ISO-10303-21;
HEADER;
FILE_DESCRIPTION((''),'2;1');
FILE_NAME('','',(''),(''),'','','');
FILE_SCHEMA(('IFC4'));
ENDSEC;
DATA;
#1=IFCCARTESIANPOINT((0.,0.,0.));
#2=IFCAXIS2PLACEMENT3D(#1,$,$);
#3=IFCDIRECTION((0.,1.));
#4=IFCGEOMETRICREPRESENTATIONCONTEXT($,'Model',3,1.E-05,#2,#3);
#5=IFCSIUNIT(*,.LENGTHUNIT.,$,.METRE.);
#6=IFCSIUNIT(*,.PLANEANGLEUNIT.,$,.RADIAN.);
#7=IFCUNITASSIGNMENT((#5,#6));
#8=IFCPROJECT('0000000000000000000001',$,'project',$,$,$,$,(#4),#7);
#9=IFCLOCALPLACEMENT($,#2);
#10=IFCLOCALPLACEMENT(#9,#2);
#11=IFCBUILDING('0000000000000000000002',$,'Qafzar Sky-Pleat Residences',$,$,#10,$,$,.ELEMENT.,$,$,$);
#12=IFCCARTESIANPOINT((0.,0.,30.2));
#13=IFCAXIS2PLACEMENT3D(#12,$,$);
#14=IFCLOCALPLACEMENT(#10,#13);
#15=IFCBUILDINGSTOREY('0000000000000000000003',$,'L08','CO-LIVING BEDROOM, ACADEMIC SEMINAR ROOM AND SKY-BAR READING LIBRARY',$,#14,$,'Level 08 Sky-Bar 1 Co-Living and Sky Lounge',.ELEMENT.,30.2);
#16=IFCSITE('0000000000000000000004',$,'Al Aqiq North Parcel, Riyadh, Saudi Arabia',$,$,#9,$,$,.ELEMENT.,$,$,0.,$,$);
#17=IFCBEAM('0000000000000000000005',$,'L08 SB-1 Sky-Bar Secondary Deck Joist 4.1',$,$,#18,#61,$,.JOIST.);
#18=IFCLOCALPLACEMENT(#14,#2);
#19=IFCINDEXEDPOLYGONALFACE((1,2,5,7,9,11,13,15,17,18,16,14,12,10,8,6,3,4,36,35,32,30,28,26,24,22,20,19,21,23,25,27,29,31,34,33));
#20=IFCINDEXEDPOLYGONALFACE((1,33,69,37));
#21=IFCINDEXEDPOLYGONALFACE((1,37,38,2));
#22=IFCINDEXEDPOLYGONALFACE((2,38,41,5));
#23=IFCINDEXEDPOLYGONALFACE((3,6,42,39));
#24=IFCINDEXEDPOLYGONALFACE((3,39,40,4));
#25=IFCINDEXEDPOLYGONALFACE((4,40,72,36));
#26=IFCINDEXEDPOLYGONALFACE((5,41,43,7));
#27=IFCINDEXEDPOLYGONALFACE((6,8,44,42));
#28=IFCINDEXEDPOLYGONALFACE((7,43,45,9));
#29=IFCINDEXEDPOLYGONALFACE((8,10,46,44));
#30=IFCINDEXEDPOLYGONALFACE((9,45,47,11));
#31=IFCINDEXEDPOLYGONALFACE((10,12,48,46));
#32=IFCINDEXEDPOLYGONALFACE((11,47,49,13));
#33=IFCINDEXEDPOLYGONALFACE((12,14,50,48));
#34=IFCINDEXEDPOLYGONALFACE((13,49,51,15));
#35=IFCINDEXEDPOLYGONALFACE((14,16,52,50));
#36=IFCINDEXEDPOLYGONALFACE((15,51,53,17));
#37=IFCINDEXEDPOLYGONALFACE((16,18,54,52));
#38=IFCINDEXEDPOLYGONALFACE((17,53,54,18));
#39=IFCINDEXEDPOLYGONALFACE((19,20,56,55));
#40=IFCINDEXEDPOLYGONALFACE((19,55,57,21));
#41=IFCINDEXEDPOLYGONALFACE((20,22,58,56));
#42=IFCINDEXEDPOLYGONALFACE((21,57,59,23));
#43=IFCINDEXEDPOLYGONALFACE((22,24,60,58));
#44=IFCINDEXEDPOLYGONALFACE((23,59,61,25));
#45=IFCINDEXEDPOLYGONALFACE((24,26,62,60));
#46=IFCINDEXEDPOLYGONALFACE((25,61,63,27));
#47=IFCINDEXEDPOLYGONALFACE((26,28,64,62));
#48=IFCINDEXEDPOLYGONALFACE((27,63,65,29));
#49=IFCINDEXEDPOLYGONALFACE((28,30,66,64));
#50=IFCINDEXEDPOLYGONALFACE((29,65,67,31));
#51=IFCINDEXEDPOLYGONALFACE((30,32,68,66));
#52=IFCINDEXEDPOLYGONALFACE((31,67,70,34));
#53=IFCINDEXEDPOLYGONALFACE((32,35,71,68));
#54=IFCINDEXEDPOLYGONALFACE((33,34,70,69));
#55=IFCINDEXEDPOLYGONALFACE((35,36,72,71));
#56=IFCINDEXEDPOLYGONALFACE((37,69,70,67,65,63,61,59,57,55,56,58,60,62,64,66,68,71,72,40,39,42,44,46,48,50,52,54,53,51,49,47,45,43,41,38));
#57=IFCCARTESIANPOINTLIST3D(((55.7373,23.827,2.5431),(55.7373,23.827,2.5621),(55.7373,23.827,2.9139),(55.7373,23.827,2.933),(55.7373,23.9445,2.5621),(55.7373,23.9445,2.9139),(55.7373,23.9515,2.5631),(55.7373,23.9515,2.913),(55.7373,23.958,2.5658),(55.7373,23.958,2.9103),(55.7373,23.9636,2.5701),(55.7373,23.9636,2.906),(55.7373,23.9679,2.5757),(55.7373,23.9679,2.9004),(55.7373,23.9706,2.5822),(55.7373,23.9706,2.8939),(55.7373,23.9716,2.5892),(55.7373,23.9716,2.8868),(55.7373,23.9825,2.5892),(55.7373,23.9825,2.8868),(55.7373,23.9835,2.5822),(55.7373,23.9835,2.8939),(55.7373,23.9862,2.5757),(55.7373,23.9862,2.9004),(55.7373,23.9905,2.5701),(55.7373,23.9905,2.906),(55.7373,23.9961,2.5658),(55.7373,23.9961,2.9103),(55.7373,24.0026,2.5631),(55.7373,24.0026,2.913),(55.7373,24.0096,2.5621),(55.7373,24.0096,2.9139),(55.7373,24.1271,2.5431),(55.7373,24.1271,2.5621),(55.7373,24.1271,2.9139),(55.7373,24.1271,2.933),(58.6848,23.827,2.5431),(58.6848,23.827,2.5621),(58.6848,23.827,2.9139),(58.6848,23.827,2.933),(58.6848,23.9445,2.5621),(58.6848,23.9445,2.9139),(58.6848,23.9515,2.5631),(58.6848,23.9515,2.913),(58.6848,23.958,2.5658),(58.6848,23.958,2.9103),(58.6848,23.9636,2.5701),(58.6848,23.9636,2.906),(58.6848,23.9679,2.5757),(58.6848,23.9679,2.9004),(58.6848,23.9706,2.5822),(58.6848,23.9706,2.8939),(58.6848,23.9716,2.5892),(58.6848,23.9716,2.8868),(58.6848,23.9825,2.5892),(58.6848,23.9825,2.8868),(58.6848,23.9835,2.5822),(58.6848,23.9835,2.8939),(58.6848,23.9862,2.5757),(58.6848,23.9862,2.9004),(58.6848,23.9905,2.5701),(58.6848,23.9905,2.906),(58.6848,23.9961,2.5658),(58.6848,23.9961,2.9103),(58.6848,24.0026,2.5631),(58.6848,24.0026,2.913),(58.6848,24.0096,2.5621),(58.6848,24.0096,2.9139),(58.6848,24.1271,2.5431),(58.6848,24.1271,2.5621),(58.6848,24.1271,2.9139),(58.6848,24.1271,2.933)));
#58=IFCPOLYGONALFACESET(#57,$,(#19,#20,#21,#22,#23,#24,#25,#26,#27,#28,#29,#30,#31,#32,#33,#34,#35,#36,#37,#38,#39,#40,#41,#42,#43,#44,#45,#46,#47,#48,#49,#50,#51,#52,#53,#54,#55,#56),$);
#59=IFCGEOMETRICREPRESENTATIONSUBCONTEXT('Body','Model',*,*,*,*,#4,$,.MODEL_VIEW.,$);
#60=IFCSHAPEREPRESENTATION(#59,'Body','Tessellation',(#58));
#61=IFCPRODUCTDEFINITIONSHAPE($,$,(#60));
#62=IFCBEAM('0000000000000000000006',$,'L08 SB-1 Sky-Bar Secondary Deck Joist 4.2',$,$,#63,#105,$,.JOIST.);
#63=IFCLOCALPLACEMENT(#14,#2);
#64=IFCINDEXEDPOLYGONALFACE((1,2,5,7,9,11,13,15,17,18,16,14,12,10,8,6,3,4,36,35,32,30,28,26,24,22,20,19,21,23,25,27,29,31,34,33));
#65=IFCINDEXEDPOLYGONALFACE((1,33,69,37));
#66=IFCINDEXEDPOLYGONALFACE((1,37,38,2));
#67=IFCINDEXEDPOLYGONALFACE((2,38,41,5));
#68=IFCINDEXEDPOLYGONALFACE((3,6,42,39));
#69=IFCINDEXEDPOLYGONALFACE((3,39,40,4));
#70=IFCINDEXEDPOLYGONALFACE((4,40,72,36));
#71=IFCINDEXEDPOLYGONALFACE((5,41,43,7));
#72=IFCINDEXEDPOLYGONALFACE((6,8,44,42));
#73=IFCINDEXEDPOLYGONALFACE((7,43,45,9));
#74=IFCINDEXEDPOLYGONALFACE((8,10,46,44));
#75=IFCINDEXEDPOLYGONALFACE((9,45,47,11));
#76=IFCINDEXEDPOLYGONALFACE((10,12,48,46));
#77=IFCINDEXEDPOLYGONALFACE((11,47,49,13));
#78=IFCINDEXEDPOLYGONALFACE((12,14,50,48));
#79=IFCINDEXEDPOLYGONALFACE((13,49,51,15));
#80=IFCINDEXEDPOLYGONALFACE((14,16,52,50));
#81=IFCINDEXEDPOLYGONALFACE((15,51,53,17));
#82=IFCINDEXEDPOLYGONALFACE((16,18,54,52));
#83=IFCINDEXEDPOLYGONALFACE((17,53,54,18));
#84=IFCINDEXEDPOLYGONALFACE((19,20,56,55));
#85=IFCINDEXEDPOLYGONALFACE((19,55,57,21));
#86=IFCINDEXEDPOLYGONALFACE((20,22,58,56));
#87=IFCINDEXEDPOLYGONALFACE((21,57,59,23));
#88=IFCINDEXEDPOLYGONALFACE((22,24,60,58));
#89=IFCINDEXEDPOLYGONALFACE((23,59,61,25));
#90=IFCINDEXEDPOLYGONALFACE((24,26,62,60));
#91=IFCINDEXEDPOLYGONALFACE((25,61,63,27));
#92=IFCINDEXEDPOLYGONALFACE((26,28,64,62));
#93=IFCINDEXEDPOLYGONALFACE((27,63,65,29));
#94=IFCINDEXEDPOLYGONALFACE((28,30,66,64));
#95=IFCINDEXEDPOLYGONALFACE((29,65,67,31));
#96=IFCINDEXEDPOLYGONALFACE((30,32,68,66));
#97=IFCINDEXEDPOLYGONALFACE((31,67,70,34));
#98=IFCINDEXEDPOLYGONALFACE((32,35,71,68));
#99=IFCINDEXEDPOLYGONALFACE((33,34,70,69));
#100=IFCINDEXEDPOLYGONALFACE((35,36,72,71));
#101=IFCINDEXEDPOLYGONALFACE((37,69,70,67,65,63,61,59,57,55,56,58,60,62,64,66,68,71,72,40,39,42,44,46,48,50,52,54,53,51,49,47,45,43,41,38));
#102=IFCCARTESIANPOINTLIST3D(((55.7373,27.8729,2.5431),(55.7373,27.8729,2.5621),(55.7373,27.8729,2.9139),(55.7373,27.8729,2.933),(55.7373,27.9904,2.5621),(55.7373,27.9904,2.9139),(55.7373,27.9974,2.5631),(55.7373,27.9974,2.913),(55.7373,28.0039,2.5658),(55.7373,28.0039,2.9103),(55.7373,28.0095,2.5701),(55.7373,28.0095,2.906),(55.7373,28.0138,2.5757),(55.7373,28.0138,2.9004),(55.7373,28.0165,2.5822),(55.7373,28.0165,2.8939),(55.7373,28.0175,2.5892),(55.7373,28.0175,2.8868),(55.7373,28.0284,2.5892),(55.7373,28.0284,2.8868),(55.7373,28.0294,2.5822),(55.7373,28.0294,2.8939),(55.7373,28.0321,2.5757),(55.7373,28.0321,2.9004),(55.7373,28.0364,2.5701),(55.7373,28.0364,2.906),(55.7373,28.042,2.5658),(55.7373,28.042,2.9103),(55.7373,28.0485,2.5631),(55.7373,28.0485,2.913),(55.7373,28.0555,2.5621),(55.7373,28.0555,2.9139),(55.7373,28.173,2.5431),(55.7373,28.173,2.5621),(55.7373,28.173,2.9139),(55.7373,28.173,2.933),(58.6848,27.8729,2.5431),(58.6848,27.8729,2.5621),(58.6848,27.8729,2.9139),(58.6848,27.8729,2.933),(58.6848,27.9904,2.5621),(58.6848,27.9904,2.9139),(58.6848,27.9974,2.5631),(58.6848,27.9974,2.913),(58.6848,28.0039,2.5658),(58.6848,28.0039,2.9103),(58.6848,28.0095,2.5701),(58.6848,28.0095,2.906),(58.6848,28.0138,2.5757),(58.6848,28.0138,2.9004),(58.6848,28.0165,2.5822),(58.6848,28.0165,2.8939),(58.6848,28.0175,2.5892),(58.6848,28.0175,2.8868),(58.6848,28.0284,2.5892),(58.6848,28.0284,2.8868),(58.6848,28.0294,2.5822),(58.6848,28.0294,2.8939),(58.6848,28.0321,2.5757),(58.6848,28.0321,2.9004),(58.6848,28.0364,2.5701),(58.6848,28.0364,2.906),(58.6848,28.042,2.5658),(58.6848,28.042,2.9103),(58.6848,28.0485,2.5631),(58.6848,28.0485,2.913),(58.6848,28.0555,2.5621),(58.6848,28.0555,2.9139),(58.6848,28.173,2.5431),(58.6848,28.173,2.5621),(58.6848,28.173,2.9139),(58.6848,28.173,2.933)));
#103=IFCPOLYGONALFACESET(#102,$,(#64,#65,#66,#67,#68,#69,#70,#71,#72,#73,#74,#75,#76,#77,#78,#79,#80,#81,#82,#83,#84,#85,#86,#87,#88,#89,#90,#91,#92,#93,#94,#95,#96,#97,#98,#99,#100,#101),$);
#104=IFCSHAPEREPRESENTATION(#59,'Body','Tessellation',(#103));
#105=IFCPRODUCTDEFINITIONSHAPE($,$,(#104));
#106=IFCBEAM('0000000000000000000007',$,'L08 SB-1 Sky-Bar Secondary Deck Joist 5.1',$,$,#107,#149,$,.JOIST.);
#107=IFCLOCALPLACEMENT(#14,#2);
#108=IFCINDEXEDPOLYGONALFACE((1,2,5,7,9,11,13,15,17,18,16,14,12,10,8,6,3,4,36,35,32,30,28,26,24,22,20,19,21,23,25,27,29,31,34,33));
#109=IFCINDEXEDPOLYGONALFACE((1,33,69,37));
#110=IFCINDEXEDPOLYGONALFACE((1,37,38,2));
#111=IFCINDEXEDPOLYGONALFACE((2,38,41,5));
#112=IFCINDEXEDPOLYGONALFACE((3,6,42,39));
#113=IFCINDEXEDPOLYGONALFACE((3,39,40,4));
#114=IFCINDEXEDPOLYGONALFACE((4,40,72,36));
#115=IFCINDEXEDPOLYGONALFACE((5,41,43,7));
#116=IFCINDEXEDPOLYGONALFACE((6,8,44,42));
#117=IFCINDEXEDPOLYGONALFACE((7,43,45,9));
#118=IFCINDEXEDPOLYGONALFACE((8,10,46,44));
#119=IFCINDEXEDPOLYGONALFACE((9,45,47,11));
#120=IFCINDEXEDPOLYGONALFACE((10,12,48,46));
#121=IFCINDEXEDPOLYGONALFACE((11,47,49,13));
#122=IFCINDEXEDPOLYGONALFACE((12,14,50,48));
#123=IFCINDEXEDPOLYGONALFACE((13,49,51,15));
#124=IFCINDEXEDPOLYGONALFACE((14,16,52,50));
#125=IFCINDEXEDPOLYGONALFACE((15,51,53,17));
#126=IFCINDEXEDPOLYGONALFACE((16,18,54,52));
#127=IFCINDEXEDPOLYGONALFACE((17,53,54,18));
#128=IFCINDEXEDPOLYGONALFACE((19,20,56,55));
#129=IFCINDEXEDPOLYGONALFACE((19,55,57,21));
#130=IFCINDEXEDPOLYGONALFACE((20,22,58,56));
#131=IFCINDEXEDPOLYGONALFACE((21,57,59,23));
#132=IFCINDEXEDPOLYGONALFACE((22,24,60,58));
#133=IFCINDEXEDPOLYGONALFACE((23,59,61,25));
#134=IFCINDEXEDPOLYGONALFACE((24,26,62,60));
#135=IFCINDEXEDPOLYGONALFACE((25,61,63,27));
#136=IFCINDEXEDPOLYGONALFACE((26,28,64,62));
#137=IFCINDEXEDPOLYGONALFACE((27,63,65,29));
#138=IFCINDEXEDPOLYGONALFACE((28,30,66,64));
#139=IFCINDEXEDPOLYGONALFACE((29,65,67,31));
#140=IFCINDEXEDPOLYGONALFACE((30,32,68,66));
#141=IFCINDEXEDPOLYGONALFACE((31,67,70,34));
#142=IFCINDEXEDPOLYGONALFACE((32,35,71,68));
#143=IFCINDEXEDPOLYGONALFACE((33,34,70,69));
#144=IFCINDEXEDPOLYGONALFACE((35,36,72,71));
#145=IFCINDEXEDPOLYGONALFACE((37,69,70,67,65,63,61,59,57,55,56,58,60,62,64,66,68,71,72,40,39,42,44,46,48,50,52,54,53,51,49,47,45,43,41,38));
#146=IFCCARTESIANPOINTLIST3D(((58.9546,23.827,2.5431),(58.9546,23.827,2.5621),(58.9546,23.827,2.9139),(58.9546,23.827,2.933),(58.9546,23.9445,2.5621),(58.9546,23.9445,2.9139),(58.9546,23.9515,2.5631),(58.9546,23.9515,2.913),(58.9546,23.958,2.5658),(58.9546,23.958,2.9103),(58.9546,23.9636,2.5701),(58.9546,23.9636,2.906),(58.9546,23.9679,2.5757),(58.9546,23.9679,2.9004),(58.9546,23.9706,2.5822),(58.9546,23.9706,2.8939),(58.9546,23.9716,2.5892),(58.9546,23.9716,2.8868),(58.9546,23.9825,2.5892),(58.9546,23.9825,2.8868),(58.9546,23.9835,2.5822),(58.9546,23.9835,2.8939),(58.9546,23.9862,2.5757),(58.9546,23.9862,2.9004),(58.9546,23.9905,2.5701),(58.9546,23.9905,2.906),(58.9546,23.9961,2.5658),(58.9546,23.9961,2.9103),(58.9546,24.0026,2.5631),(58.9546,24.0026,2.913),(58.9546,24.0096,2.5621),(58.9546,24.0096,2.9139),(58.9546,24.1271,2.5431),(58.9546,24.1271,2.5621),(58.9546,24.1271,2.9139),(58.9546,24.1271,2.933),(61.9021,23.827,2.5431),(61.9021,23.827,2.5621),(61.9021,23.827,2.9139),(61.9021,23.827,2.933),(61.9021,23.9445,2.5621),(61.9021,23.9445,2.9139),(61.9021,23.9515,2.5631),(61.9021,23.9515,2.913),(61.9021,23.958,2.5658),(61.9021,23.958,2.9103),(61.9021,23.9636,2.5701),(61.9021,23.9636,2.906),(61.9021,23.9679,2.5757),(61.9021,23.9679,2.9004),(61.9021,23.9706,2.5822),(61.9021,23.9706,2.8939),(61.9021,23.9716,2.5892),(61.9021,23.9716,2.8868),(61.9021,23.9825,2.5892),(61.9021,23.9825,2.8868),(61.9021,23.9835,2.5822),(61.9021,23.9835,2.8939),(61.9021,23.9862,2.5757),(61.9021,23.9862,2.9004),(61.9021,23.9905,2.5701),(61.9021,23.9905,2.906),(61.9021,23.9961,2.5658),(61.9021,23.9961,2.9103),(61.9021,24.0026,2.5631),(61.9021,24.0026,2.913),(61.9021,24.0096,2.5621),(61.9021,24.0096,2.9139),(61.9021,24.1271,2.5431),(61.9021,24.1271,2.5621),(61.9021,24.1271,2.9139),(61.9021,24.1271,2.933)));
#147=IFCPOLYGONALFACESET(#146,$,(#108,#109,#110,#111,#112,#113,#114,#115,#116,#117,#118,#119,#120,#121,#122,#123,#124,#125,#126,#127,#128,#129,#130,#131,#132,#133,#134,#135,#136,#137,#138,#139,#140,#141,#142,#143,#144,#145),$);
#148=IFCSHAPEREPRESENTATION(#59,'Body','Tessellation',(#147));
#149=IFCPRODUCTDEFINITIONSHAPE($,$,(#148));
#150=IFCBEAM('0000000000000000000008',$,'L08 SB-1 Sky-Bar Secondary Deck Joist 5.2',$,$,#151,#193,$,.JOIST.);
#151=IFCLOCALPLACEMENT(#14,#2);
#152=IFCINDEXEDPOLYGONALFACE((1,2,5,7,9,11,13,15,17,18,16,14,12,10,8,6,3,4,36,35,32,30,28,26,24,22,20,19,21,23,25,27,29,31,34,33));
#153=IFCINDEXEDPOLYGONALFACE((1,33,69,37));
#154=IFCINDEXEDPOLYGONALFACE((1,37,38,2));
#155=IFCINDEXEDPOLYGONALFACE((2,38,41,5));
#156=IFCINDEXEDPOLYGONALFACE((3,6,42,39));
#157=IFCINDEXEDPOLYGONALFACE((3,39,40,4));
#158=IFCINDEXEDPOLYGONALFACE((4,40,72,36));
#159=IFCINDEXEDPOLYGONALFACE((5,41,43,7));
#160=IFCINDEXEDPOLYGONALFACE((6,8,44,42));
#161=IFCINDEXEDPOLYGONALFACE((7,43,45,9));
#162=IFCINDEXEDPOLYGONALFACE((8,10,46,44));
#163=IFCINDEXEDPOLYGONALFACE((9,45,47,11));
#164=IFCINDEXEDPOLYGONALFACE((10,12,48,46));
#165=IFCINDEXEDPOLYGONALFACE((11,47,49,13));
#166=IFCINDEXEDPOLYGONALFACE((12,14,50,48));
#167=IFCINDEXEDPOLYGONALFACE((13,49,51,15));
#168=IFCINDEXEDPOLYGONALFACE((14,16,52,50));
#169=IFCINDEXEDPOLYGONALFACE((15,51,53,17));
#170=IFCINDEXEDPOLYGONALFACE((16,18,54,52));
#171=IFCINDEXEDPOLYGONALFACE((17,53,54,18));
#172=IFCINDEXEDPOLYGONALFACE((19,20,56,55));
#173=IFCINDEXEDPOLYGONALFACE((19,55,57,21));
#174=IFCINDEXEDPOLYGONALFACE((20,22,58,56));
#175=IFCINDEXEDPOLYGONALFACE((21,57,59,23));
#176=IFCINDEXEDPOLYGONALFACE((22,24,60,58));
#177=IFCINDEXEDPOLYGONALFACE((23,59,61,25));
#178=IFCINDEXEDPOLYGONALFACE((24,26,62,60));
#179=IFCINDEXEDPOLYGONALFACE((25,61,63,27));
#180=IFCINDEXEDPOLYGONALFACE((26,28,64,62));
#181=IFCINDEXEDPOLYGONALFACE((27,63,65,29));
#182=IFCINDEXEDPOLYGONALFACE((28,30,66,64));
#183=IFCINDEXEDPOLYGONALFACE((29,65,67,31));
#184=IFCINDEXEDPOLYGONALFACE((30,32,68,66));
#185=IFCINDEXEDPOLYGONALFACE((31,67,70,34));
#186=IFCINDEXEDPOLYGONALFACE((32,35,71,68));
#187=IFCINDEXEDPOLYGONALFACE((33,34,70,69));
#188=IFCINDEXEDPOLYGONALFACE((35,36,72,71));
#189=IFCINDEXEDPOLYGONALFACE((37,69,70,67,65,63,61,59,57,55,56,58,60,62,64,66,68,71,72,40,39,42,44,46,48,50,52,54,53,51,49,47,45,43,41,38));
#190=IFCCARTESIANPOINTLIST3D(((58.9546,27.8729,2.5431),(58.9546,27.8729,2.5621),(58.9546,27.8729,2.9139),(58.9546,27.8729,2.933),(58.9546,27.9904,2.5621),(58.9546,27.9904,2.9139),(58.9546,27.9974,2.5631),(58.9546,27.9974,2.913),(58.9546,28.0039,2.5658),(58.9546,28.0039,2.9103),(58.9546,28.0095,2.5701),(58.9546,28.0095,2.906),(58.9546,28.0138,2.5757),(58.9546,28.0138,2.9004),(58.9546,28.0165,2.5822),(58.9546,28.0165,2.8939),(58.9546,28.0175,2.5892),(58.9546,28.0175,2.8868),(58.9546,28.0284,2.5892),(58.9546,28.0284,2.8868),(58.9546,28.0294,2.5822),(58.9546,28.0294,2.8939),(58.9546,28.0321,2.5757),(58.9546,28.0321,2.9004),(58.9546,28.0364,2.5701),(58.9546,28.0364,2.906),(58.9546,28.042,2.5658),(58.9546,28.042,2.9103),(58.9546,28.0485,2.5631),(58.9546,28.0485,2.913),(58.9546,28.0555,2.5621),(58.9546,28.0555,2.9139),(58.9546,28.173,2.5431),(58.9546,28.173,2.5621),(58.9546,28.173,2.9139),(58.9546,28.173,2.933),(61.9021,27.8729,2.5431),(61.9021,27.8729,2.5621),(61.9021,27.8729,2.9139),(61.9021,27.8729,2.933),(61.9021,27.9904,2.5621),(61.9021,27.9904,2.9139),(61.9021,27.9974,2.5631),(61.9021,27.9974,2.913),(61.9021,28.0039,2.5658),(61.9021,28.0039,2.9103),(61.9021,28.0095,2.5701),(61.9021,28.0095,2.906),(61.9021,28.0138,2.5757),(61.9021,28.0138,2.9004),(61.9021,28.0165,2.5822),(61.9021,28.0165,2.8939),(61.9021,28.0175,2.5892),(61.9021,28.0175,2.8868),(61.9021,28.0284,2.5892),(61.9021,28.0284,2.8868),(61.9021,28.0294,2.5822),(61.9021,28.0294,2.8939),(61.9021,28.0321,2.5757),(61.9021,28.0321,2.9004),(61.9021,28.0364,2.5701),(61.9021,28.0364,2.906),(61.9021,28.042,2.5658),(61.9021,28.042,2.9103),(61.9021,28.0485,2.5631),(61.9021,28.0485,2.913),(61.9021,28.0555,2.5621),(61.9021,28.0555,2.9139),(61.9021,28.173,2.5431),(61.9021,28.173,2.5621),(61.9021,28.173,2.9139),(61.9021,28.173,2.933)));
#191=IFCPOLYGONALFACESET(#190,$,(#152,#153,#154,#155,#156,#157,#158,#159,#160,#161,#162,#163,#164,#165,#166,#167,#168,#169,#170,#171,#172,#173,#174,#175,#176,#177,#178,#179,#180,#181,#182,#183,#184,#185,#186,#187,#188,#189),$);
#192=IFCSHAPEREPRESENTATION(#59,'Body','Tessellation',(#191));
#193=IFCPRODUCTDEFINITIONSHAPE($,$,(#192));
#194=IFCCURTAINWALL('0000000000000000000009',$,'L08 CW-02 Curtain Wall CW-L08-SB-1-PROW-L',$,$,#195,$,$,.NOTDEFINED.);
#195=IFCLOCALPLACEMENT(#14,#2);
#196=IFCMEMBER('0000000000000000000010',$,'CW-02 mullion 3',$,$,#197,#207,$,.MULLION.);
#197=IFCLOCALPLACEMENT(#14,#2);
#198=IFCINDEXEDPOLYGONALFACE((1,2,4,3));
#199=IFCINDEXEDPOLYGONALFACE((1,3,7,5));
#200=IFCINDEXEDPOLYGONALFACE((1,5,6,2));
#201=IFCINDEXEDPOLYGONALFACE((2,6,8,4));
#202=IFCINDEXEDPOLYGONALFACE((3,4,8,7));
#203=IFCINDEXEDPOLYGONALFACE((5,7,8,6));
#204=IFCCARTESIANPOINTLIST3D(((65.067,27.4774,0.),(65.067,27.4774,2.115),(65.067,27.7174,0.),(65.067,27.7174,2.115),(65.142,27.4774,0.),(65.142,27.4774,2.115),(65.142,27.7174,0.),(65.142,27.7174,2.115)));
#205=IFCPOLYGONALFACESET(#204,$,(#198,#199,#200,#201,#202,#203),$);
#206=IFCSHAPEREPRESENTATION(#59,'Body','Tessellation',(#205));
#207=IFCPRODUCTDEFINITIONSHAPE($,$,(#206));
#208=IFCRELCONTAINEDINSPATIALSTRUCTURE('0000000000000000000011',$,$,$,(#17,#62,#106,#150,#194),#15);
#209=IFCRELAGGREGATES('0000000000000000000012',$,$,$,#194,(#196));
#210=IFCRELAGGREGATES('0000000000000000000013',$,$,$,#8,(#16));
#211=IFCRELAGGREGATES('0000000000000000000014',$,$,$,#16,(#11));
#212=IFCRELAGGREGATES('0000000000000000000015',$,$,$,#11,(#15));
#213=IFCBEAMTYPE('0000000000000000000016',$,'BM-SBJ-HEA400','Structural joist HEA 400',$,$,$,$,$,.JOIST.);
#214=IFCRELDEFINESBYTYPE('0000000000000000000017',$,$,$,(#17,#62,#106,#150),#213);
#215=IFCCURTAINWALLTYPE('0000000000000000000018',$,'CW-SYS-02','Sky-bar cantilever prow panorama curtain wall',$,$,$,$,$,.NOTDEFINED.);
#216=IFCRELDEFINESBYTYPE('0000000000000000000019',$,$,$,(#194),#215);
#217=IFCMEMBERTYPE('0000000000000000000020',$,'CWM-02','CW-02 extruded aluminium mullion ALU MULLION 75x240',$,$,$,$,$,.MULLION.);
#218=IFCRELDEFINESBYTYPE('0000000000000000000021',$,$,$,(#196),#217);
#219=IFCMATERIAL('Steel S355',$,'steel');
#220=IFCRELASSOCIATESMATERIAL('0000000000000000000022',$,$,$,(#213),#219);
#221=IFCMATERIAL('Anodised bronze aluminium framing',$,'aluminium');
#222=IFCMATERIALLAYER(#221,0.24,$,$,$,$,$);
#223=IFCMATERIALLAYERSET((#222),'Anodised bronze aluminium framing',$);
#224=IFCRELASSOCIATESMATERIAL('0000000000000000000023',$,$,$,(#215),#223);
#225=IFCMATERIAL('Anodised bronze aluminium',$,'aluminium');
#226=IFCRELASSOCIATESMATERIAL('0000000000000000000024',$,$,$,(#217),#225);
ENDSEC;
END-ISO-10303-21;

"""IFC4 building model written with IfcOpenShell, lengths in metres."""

from ifc_helpers import new_model, si_unit, direction, frame, origin, origin_2d, place, context, subcontext, project, spatial, rectangle, i_section, extrude, source, transform, mapped, material, layer, layer_set, material_profile, profile_set, type_object, element, aggregate, save


model = new_model("IFC4")

# Units and contexts
model_context = context("Model", 3, precision=1e-05, world=origin(), true_north=direction((0.0, 1.0)))
body_context = subcontext(model_context, "Body", "Model", "MODEL_VIEW")
ifc_project = project(units=[si_unit("LENGTHUNIT", "METRE"), si_unit("PLANEANGLEUNIT", "RADIAN")], contexts=[model_context])

# Site, building, storey
site_placement = place(None, origin())
site = spatial("IfcSite", under=ifc_project, at=site_placement, Name="Al Aqiq North Parcel, Riyadh, Saudi Arabia", CompositionType="ELEMENT", RefElevation=0.0)
building_placement = place(site_placement, origin())
building = spatial("IfcBuilding", under=site, at=building_placement, Name="Qafzar Sky-Pleat Residences", CompositionType="ELEMENT")
storey_placement = place(building_placement, frame((0.0, 0.0, 30.2)))
storey = spatial("IfcBuildingStorey", under=building, at=storey_placement, Name="L08", Description="CO-LIVING BEDROOM, ACADEMIC SEMINAR ROOM AND SKY-BAR READING LIBRARY", LongName="Level 08 Sky-Bar 1 Co-Living and Sky Lounge", CompositionType="ELEMENT", Elevation=30.2)

# Beams
ifc_material_1 = material(Name="Steel S355", Category="steel")
ifc_material_profile_1 = material_profile(ifc_material_1, i_section(OverallWidth=0.3, OverallDepth=0.3899, WebThickness=0.011, FlangeThickness=0.019, FilletRadius=0.0271, at=origin_2d()), Name="HEA 400")
ifc_profile_set_1 = profile_set([ifc_material_profile_1], Name="Steel S355")
beam_type_1 = type_object("IfcBeamType", Name="BM-SBJ-HEA400", Description="Structural joist HEA 400", PredefinedType="JOIST", material=ifc_profile_set_1)
shared_shape_1 = source(origin(), body_context, "Body", "SweptSolid", [
    extrude(i_section(OverallWidth=0.3, OverallDepth=0.3899, WebThickness=0.011, FlangeThickness=0.019, FilletRadius=0.0271, at=origin_2d()), origin(), (0.0, 0.0, 1.0), 2.9475),
])
for number, where, z_axis, x_axis, name in (
    (1, (55.7373, 23.9771, 2.738), (1.0, 0.0, 0.0), (0.0, 1.0, 0.0), "L08 SB-1 Sky-Bar Secondary Deck Joist 4.1"),
    (2, (55.7373, 28.0229, 2.738), (1.0, 0.0, 0.0), (0.0, 1.0, 0.0), "L08 SB-1 Sky-Bar Secondary Deck Joist 4.2"),
    (3, (58.9546, 23.9771, 2.738), (1.0, 0.0, 0.0), (0.0, 1.0, 0.0), "L08 SB-1 Sky-Bar Secondary Deck Joist 5.1"),
    (4, (58.9546, 28.0229, 2.738), (1.0, 0.0, 0.0), (0.0, 1.0, 0.0), "L08 SB-1 Sky-Bar Secondary Deck Joist 5.2"),
):
    element("IfcBeam", number, at=place(storey_placement, frame(where, z_axis=z_axis, x_axis=x_axis)), inside=storey, type_object=beam_type_1, Name=name, PredefinedType="JOIST", context=body_context, shape_type="MappedRepresentation", body=[
        mapped(shared_shape_1, transform((0.0, 0.0, 0.0), x_axis=(1.0, 0.0, 0.0), y_axis=(0.0, 1.0, 0.0), z_axis=(0.0, 0.0, 1.0), scale=1.0)),
    ])

# Curtain wall, member
ifc_material_2 = material(Name="Anodised bronze aluminium framing", Category="aluminium")
ifc_layer_1 = layer(ifc_material_2, 0.24)
ifc_layer_set_1 = layer_set([ifc_layer_1], Name="Anodised bronze aluminium framing")
curtain_wall_type_1 = type_object("IfcCurtainWallType", Name="CW-SYS-02", Description="Sky-bar cantilever prow panorama curtain wall", PredefinedType="NOTDEFINED", material=ifc_layer_set_1)
curtain_wall_1_placement = place(storey_placement, origin())
curtain_wall_1 = element("IfcCurtainWall", 5, at=curtain_wall_1_placement, inside=storey, type_object=curtain_wall_type_1, Name="L08 CW-02 Curtain Wall CW-L08-SB-1-PROW-L", PredefinedType="NOTDEFINED")
ifc_material_3 = material(Name="Anodised bronze aluminium", Category="aluminium")
ifc_material_profile_2 = material_profile(ifc_material_3, rectangle(XDim=0.075, YDim=0.24, at=origin_2d()), Name="ALU MULLION 75x240")
ifc_profile_set_2 = profile_set([ifc_material_profile_2], Name="Anodised bronze aluminium")
member_type_1 = type_object("IfcMemberType", Name="CWM-02", Description="CW-02 extruded aluminium mullion ALU MULLION 75x240", PredefinedType="MULLION", material=ifc_profile_set_2)
shared_shape_2 = source(origin(), body_context, "Body", "SweptSolid", [
    extrude(rectangle(XDim=0.075, YDim=0.24, at=origin_2d()), origin(), (0.0, 0.0, 1.0), 2.115),
])
member_1_placement = place(storey_placement, frame((65.1045, 27.5974, 0.0), z_axis=(0.0, 0.0, 1.0), x_axis=(1.0, 0.0, 0.0)))
member_1 = element("IfcMember", 6, at=member_1_placement, type_object=member_type_1, Name="CW-02 mullion 3", PredefinedType="MULLION", context=body_context, shape_type="MappedRepresentation", body=[
    mapped(shared_shape_2, transform((0.0, 0.0, 0.0), x_axis=(1.0, 0.0, 0.0), y_axis=(0.0, 1.0, 0.0), z_axis=(0.0, 0.0, 1.0), scale=1.0)),
])
aggregate(curtain_wall_1, [member_1])

save(model, "model.ifc")
